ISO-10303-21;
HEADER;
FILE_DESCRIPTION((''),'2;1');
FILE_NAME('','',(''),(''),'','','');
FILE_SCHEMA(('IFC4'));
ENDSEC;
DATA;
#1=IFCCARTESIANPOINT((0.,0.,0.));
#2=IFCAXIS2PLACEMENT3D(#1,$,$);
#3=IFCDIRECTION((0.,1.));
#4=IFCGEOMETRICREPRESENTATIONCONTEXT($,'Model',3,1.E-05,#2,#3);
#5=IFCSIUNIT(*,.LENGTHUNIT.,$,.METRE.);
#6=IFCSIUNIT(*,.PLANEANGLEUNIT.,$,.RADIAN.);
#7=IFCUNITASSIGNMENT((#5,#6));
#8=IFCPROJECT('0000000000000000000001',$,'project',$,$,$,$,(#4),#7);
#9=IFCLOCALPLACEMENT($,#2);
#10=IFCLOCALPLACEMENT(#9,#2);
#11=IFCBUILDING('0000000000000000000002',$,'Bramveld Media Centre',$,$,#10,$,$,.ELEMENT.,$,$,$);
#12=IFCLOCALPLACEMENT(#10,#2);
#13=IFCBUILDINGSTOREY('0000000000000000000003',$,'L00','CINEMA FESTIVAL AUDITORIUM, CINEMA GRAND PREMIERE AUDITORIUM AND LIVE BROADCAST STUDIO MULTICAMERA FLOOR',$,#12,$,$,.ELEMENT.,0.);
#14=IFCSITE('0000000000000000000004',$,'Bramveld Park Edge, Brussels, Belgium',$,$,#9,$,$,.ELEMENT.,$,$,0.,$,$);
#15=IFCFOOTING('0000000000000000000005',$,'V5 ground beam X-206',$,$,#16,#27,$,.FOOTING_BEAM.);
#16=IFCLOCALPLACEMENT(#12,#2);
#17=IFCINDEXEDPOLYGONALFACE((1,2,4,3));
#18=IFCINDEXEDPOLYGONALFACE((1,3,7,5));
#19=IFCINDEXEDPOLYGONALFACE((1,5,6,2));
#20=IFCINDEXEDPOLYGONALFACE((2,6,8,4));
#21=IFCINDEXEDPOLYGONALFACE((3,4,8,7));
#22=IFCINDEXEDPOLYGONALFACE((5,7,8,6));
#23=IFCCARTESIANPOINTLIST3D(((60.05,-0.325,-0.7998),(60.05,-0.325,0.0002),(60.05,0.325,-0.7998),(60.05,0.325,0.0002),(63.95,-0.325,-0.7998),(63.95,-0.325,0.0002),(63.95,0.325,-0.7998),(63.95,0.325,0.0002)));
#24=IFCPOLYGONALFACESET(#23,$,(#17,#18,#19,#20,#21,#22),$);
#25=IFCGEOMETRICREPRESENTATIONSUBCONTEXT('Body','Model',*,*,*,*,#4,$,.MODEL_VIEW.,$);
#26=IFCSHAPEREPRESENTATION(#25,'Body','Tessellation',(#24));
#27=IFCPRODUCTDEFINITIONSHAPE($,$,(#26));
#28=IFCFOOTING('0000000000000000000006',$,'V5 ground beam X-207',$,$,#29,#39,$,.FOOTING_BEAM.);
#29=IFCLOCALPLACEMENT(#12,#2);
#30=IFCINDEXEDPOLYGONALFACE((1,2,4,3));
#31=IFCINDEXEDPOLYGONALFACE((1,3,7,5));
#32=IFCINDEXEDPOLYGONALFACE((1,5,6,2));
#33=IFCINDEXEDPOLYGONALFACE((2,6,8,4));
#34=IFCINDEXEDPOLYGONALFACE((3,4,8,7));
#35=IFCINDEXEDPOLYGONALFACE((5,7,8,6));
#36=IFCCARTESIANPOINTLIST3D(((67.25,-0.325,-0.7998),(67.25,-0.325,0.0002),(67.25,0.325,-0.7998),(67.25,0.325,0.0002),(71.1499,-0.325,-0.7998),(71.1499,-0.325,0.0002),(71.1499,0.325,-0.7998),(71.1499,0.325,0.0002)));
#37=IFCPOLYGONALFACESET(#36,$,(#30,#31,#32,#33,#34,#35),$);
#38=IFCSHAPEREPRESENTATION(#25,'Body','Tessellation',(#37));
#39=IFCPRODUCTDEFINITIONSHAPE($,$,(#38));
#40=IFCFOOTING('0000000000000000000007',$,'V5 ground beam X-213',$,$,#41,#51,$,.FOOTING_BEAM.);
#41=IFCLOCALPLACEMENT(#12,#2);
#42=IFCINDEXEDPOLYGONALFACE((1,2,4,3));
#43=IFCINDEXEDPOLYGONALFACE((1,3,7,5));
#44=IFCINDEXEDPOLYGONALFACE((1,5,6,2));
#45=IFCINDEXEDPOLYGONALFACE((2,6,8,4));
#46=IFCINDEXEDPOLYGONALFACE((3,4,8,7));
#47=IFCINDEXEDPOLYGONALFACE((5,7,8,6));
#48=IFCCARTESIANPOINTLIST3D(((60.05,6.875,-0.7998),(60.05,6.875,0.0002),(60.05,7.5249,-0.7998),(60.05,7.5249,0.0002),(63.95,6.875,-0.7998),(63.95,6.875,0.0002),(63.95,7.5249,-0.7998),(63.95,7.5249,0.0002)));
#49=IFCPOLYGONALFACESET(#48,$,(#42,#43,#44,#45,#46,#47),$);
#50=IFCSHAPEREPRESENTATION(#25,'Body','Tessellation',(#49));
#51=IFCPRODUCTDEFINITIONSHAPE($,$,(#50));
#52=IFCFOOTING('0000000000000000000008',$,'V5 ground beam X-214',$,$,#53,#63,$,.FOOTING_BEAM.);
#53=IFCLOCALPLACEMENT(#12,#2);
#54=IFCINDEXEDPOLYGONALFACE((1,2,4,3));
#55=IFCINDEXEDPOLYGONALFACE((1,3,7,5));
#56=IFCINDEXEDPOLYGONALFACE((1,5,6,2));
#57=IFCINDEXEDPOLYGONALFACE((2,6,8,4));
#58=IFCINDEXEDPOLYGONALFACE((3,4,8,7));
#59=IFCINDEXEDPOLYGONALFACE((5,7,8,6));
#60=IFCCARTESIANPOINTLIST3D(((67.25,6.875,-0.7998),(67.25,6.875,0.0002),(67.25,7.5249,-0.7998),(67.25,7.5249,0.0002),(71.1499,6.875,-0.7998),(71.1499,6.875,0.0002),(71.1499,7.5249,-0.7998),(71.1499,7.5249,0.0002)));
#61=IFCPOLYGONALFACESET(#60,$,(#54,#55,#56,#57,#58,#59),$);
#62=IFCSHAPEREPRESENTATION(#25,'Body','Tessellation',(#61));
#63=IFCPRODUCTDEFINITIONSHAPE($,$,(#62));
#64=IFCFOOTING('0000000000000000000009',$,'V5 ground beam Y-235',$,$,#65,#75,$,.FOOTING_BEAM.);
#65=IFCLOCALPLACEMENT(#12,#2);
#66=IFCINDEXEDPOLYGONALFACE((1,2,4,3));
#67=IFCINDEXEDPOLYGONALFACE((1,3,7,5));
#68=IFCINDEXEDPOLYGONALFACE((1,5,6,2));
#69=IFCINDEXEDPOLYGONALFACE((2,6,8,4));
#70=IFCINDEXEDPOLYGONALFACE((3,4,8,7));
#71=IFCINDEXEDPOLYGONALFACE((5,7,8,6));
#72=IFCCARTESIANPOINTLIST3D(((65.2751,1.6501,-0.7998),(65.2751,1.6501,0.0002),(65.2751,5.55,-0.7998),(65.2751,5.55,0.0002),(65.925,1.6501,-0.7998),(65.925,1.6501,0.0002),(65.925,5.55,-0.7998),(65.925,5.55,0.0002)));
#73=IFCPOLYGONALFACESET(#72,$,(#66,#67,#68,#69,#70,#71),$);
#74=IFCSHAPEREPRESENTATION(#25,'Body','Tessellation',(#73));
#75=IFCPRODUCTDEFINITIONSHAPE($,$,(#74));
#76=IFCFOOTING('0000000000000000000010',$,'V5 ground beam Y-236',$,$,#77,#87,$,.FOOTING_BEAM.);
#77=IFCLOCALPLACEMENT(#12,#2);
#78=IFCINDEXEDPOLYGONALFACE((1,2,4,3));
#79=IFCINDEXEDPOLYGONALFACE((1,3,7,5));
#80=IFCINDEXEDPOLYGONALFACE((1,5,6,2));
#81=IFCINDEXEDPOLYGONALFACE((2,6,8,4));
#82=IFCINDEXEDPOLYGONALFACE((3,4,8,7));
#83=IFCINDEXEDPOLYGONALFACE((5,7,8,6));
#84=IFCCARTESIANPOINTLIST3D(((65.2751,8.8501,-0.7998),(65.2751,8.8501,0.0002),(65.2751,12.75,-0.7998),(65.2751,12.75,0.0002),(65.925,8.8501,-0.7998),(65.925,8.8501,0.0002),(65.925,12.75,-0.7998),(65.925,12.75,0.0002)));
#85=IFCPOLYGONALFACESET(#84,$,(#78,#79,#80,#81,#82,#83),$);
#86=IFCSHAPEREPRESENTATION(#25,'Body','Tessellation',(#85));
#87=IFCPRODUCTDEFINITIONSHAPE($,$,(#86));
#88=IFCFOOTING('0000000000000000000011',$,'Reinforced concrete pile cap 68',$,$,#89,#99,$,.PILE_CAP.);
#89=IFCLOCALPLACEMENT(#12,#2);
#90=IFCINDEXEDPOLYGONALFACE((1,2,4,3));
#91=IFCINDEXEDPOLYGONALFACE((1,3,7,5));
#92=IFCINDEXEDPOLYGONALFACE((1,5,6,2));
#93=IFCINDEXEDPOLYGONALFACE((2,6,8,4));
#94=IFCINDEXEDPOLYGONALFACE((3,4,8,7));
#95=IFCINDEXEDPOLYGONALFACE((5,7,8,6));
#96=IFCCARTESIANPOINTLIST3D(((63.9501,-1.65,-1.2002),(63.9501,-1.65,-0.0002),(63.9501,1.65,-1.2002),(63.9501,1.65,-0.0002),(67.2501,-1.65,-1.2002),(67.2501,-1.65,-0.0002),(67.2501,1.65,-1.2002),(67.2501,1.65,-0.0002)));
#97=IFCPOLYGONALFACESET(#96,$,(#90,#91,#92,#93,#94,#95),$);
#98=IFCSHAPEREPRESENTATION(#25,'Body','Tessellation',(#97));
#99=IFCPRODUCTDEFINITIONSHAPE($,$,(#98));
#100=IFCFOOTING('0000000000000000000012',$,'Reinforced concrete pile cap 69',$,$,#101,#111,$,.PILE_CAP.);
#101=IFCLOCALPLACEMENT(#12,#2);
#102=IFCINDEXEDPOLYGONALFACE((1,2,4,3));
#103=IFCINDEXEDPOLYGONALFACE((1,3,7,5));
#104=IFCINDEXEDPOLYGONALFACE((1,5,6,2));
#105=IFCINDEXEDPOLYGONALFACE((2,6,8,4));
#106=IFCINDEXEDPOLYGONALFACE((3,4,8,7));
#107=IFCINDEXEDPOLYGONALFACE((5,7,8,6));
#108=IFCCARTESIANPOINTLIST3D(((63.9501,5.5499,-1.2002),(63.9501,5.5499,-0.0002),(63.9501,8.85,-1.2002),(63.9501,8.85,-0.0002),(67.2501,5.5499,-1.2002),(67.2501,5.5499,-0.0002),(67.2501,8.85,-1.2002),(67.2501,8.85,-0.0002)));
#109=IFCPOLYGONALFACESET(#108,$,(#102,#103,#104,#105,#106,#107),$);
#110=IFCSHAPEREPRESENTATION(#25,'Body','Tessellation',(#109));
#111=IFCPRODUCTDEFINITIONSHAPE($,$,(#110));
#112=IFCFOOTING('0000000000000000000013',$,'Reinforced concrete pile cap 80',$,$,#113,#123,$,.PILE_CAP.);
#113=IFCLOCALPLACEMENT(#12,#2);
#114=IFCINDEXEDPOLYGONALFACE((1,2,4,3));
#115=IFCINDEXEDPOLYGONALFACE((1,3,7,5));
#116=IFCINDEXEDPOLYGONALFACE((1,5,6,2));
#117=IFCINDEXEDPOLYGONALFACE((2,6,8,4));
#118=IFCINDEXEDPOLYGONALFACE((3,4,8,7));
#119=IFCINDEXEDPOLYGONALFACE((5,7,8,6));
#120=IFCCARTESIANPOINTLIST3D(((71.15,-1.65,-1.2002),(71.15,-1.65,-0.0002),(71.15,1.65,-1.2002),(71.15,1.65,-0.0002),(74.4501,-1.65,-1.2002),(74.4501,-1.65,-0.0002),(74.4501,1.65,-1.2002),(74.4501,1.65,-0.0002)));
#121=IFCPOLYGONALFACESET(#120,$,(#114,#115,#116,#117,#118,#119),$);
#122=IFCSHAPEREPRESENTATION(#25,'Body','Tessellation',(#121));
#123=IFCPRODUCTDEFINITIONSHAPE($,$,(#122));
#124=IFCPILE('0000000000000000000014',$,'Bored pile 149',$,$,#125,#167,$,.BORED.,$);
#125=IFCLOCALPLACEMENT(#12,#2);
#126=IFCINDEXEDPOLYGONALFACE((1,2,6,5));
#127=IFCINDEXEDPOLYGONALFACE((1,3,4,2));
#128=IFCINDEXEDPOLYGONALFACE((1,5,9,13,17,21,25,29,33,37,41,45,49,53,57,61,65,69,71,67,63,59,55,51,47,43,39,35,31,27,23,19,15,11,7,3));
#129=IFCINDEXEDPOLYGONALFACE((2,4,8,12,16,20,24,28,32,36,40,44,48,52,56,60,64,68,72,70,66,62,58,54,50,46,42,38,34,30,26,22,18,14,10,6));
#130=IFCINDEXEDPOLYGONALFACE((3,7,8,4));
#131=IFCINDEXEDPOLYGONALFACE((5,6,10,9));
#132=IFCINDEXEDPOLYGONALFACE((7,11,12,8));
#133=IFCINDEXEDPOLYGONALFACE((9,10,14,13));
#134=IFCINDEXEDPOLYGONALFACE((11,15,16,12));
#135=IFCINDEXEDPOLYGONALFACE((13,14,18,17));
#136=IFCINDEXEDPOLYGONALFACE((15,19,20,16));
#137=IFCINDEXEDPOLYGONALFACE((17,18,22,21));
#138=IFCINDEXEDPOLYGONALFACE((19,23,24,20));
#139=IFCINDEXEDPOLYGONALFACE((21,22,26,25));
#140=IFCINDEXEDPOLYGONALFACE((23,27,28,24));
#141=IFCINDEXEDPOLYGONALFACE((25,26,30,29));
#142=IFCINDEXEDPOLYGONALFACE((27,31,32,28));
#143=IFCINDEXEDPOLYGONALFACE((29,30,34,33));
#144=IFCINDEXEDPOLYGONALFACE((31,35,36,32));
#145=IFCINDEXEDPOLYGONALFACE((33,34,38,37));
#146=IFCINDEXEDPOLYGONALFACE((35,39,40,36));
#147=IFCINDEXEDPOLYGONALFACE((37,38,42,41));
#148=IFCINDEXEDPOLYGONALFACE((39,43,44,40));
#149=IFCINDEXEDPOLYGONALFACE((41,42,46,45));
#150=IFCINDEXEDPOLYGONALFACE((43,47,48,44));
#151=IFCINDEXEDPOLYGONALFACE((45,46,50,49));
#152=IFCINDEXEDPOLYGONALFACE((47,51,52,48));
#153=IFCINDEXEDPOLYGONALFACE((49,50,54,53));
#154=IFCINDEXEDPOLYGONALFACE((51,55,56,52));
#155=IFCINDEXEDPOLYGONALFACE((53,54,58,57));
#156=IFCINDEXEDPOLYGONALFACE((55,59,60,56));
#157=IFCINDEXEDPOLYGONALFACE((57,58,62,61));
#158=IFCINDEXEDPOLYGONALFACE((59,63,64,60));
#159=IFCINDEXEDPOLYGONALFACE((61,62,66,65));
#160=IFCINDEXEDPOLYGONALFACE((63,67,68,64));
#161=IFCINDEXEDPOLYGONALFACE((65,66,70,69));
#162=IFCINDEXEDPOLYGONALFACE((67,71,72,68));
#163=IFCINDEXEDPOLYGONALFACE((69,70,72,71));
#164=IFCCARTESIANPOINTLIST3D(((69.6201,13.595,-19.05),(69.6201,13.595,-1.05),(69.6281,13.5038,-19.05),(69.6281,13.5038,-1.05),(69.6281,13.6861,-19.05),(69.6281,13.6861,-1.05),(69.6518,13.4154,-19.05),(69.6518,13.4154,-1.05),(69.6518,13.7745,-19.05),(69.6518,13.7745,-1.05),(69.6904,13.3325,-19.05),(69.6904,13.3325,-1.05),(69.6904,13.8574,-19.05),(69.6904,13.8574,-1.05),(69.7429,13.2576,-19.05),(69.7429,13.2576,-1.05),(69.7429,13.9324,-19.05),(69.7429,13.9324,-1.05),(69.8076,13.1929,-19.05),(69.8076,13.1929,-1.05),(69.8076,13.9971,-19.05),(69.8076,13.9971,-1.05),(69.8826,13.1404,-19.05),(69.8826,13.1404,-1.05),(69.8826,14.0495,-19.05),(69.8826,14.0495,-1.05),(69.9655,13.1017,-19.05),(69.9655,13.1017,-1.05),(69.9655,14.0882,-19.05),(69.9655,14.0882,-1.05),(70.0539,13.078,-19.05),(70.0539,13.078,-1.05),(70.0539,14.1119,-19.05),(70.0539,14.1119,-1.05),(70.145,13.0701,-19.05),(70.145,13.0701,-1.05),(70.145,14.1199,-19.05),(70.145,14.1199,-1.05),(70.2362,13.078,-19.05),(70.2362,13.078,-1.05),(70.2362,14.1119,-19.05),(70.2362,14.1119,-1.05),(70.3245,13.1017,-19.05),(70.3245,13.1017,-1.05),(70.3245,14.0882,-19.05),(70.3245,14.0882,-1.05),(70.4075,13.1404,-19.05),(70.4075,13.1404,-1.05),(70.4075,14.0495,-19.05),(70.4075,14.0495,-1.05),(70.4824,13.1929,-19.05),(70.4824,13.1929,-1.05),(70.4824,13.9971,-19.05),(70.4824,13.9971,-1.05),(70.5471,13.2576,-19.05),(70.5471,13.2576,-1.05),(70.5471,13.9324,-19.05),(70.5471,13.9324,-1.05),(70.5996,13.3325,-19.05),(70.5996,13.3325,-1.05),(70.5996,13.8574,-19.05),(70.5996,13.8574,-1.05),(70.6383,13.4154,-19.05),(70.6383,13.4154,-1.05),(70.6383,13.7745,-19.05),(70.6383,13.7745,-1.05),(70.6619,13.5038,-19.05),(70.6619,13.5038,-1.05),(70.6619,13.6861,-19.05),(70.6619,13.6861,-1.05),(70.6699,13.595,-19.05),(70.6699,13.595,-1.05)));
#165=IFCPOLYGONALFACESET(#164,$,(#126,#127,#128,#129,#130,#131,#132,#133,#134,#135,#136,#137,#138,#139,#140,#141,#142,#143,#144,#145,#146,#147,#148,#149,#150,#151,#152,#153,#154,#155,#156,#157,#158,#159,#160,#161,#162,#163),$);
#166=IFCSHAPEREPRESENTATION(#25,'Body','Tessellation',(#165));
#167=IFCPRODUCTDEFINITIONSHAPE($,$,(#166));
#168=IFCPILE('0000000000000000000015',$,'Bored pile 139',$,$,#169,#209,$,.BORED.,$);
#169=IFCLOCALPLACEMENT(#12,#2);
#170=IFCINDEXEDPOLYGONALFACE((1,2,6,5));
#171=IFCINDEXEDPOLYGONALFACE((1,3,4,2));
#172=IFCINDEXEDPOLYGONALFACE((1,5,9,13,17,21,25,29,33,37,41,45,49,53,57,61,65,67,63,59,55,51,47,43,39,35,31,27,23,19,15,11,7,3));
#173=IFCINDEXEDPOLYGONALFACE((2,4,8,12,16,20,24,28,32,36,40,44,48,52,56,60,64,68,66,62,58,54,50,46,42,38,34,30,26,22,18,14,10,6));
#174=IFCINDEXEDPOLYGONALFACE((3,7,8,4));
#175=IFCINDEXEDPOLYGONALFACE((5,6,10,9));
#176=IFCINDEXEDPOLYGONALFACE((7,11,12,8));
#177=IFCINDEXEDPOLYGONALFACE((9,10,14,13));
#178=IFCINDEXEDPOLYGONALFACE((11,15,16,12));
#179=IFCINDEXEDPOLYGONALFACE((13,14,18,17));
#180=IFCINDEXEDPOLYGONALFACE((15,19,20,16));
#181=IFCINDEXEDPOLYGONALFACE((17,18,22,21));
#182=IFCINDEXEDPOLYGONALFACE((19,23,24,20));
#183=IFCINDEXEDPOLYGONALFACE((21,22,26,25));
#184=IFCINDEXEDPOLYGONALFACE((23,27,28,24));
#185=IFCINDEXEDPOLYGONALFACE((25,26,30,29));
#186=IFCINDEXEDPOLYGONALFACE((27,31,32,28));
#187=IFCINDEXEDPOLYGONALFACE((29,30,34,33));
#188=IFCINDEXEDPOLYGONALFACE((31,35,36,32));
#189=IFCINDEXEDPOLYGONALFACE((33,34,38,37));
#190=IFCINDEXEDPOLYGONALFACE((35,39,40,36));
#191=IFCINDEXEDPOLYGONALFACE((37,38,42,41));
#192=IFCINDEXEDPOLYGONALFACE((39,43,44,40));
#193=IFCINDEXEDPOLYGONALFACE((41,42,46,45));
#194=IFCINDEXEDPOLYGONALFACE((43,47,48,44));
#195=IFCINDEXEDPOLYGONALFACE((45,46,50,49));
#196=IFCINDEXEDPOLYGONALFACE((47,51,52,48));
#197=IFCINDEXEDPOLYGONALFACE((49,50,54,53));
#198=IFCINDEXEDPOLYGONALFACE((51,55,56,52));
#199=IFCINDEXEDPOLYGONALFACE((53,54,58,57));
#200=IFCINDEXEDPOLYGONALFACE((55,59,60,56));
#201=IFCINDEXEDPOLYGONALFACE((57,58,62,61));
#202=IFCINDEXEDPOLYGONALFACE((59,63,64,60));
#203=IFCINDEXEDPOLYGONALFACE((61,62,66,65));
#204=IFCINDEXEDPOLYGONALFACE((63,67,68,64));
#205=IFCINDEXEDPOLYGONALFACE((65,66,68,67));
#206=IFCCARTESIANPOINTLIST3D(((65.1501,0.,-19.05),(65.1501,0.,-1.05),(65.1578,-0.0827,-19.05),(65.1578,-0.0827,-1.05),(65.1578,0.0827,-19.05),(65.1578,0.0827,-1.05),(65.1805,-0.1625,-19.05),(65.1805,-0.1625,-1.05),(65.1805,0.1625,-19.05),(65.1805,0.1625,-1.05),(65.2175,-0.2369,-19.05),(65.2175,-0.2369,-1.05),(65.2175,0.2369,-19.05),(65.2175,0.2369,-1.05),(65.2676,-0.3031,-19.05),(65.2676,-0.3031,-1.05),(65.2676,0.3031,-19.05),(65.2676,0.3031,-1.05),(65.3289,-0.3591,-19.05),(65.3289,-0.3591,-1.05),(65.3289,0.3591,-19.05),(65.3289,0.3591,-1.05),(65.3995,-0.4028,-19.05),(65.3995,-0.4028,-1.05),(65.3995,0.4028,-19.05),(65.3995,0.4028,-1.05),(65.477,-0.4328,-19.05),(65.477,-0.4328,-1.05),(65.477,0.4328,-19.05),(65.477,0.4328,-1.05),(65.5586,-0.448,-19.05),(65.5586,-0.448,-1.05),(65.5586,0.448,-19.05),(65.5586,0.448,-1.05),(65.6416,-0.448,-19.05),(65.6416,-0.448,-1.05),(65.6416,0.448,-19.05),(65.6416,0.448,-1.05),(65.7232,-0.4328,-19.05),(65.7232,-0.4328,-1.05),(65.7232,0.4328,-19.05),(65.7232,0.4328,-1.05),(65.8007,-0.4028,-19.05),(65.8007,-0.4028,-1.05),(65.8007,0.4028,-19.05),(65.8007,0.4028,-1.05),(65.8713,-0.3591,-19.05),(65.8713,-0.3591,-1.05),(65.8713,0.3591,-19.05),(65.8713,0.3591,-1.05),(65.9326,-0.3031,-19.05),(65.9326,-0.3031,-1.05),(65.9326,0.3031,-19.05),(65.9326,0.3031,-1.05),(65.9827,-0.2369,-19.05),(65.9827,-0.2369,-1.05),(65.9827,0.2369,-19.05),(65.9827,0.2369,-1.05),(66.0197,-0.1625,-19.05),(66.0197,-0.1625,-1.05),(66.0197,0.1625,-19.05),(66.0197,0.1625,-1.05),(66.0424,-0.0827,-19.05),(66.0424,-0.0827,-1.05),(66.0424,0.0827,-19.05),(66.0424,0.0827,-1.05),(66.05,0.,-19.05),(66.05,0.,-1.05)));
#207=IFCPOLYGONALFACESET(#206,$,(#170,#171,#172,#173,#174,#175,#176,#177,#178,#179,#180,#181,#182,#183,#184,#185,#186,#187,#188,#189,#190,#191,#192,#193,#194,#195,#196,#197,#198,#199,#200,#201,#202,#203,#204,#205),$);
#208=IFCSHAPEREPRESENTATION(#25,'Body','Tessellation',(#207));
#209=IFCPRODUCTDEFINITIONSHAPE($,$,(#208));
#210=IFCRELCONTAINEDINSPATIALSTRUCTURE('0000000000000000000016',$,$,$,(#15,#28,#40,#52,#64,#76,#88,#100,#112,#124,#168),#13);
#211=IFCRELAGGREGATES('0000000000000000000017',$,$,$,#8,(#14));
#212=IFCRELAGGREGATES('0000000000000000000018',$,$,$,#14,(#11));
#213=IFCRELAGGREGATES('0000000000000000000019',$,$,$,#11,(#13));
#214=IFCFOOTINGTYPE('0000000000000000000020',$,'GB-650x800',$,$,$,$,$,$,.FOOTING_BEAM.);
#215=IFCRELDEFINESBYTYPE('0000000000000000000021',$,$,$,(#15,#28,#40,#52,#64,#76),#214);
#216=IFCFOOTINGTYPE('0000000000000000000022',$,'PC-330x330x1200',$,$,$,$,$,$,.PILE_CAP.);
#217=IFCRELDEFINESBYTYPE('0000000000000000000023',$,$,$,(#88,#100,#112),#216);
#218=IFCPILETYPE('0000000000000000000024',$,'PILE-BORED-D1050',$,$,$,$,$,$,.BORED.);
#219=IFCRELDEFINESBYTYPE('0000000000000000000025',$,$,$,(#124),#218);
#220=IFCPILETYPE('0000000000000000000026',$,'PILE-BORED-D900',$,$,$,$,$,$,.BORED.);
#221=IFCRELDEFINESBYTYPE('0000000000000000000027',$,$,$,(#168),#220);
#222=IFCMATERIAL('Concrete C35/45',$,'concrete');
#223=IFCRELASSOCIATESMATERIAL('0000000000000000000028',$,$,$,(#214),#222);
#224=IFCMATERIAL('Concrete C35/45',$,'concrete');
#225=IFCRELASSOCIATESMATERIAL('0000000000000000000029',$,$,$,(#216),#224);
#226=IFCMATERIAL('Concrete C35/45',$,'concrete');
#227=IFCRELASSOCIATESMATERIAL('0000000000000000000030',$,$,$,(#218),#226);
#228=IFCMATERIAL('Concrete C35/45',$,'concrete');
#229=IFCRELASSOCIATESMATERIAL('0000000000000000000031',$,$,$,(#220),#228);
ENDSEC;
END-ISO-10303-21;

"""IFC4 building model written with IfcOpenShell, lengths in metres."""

from ifc_helpers import new_model, si_unit, direction, frame, origin, origin_2d, place, context, subcontext, project, spatial, rectangle, circle, extrude, material, material_profile, profile_set, type_object, element, save


model = new_model("IFC4")

# Units and contexts
model_context = context("Model", 3, precision=1e-05, world=origin(), true_north=direction((0.0, 1.0)))
body_context = subcontext(model_context, "Body", "Model", "MODEL_VIEW")
ifc_project = project(units=[si_unit("LENGTHUNIT", "METRE"), si_unit("PLANEANGLEUNIT", "RADIAN")], contexts=[model_context])

# Site, building, storey
site_placement = place(None, origin())
site = spatial("IfcSite", under=ifc_project, at=site_placement, Name="Bramveld Park Edge, Brussels, Belgium", CompositionType="ELEMENT", RefElevation=0.0)
building_placement = place(site_placement, origin())
building = spatial("IfcBuilding", under=site, at=building_placement, Name="Bramveld Media Centre", CompositionType="ELEMENT")
storey_placement = place(building_placement, origin())
storey = spatial("IfcBuildingStorey", under=building, at=storey_placement, Name="L00", Description="CINEMA FESTIVAL AUDITORIUM, CINEMA GRAND PREMIERE AUDITORIUM AND LIVE BROADCAST STUDIO MULTICAMERA FLOOR", CompositionType="ELEMENT", Elevation=0.0)

# Footings
ifc_material_1 = material(Name="Concrete C35/45", Category="concrete")
footing_type_1 = type_object("IfcFootingType", Name="GB-650x800", PredefinedType="FOOTING_BEAM", material=ifc_material_1)
for number, where, z_axis, x_axis, name in (
    (1, (62.0, 0.0, -0.7998), (0.0, 0.0, 1.0), (1.0, 0.0, 0.0), "V5 ground beam X-206"),
    (2, (69.2, 0.0, -0.7998), (0.0, 0.0, 1.0), (1.0, 0.0, 0.0), "V5 ground beam X-207"),
    (3, (62.0, 7.2, -0.7998), (0.0, 0.0, 1.0), (1.0, 0.0, 0.0), "V5 ground beam X-213"),
    (4, (69.2, 7.2, -0.7998), (0.0, 0.0, 1.0), (1.0, 0.0, 0.0), "V5 ground beam X-214"),
):
    element("IfcFooting", number, at=place(storey_placement, frame(where, z_axis=z_axis, x_axis=x_axis)), inside=storey, type_object=footing_type_1, Name=name, PredefinedType="FOOTING_BEAM", context=body_context, shape_type="SweptSolid", body=[
        extrude(rectangle(XDim=3.8999, YDim=0.6499, at=origin_2d()), origin(), (0.0, 0.0, 1.0), 0.8),
    ])
for number, where, z_axis, x_axis, name in (
    (5, (65.6001, 3.6001, -0.7998), (0.0, 0.0, 1.0), (1.0, 0.0, 0.0), "V5 ground beam Y-235"),
    (6, (65.6001, 10.8, -0.7998), (0.0, 0.0, 1.0), (1.0, 0.0, 0.0), "V5 ground beam Y-236"),
):
    element("IfcFooting", number, at=place(storey_placement, frame(where, z_axis=z_axis, x_axis=x_axis)), inside=storey, type_object=footing_type_1, Name=name, PredefinedType="FOOTING_BEAM", context=body_context, shape_type="SweptSolid", body=[
        extrude(rectangle(XDim=0.6499, YDim=3.8999, at=origin_2d()), origin(), (0.0, 0.0, 1.0), 0.8),
    ])
ifc_material_2 = material(Name="Concrete C35/45", Category="concrete")
footing_type_2 = type_object("IfcFootingType", Name="PC-330x330x1200", PredefinedType="PILE_CAP", material=ifc_material_2)
for number, where, z_axis, x_axis, name in (
    (7, (65.6001, 0.0, -1.2002), (0.0, 0.0, 1.0), (1.0, 0.0, 0.0), "Reinforced concrete pile cap 68"),
    (8, (65.6001, 7.2, -1.2002), (0.0, 0.0, 1.0), (1.0, 0.0, 0.0), "Reinforced concrete pile cap 69"),
    (9, (72.8, 0.0, -1.2002), (0.0, 0.0, 1.0), (1.0, 0.0, 0.0), "Reinforced concrete pile cap 80"),
):
    element("IfcFooting", number, at=place(storey_placement, frame(where, z_axis=z_axis, x_axis=x_axis)), inside=storey, type_object=footing_type_2, Name=name, PredefinedType="PILE_CAP", context=body_context, shape_type="SweptSolid", body=[
        extrude(rectangle(XDim=3.3, YDim=3.3, at=origin_2d()), origin(), (0.0, 0.0, 1.0), 1.2),
    ])

# Piles
ifc_material_3 = material(Name="Concrete C35/45", Category="concrete")
ifc_material_profile_1 = material_profile(ifc_material_3, circle(Radius=0.5249, at=origin_2d()), Name="BORED D1050")
ifc_profile_set_1 = profile_set([ifc_material_profile_1], Name="Concrete C35/45")
pile_type_1 = type_object("IfcPileType", Name="PILE-BORED-D1050", PredefinedType="BORED", material=ifc_profile_set_1)
pile_placement = place(storey_placement, frame((70.145, 13.595, -1.05), z_axis=(0.0, 0.0, -1.0), x_axis=(1.0, 0.0, 0.0)))
element("IfcPile", 10, at=pile_placement, inside=storey, type_object=pile_type_1, Name="Bored pile 149", PredefinedType="BORED", context=body_context, shape_type="SweptSolid", body=[
    extrude(circle(Radius=0.5249, at=origin_2d()), origin(), (0.0, 0.0, 1.0), 18.0),
])
ifc_material_4 = material(Name="Concrete C35/45", Category="concrete")
ifc_material_profile_2 = material_profile(ifc_material_4, circle(Radius=0.45, at=origin_2d()), Name="BORED D900")
ifc_profile_set_2 = profile_set([ifc_material_profile_2], Name="Concrete C35/45")
pile_type_2 = type_object("IfcPileType", Name="PILE-BORED-D900", PredefinedType="BORED", material=ifc_profile_set_2)
for number, where, z_axis, x_axis, name in (
    (11, (65.6001, 0.0, -1.05), (0.0, 0.0, -1.0), (1.0, 0.0, 0.0), "Bored pile 139"),
):
    element("IfcPile", number, at=place(storey_placement, frame(where, z_axis=z_axis, x_axis=x_axis)), inside=storey, type_object=pile_type_2, Name=name, PredefinedType="BORED", context=body_context, shape_type="SweptSolid", body=[
        extrude(circle(Radius=0.45, at=origin_2d()), origin(), (0.0, 0.0, 1.0), 18.0),
    ])

save(model, "model.ifc")
